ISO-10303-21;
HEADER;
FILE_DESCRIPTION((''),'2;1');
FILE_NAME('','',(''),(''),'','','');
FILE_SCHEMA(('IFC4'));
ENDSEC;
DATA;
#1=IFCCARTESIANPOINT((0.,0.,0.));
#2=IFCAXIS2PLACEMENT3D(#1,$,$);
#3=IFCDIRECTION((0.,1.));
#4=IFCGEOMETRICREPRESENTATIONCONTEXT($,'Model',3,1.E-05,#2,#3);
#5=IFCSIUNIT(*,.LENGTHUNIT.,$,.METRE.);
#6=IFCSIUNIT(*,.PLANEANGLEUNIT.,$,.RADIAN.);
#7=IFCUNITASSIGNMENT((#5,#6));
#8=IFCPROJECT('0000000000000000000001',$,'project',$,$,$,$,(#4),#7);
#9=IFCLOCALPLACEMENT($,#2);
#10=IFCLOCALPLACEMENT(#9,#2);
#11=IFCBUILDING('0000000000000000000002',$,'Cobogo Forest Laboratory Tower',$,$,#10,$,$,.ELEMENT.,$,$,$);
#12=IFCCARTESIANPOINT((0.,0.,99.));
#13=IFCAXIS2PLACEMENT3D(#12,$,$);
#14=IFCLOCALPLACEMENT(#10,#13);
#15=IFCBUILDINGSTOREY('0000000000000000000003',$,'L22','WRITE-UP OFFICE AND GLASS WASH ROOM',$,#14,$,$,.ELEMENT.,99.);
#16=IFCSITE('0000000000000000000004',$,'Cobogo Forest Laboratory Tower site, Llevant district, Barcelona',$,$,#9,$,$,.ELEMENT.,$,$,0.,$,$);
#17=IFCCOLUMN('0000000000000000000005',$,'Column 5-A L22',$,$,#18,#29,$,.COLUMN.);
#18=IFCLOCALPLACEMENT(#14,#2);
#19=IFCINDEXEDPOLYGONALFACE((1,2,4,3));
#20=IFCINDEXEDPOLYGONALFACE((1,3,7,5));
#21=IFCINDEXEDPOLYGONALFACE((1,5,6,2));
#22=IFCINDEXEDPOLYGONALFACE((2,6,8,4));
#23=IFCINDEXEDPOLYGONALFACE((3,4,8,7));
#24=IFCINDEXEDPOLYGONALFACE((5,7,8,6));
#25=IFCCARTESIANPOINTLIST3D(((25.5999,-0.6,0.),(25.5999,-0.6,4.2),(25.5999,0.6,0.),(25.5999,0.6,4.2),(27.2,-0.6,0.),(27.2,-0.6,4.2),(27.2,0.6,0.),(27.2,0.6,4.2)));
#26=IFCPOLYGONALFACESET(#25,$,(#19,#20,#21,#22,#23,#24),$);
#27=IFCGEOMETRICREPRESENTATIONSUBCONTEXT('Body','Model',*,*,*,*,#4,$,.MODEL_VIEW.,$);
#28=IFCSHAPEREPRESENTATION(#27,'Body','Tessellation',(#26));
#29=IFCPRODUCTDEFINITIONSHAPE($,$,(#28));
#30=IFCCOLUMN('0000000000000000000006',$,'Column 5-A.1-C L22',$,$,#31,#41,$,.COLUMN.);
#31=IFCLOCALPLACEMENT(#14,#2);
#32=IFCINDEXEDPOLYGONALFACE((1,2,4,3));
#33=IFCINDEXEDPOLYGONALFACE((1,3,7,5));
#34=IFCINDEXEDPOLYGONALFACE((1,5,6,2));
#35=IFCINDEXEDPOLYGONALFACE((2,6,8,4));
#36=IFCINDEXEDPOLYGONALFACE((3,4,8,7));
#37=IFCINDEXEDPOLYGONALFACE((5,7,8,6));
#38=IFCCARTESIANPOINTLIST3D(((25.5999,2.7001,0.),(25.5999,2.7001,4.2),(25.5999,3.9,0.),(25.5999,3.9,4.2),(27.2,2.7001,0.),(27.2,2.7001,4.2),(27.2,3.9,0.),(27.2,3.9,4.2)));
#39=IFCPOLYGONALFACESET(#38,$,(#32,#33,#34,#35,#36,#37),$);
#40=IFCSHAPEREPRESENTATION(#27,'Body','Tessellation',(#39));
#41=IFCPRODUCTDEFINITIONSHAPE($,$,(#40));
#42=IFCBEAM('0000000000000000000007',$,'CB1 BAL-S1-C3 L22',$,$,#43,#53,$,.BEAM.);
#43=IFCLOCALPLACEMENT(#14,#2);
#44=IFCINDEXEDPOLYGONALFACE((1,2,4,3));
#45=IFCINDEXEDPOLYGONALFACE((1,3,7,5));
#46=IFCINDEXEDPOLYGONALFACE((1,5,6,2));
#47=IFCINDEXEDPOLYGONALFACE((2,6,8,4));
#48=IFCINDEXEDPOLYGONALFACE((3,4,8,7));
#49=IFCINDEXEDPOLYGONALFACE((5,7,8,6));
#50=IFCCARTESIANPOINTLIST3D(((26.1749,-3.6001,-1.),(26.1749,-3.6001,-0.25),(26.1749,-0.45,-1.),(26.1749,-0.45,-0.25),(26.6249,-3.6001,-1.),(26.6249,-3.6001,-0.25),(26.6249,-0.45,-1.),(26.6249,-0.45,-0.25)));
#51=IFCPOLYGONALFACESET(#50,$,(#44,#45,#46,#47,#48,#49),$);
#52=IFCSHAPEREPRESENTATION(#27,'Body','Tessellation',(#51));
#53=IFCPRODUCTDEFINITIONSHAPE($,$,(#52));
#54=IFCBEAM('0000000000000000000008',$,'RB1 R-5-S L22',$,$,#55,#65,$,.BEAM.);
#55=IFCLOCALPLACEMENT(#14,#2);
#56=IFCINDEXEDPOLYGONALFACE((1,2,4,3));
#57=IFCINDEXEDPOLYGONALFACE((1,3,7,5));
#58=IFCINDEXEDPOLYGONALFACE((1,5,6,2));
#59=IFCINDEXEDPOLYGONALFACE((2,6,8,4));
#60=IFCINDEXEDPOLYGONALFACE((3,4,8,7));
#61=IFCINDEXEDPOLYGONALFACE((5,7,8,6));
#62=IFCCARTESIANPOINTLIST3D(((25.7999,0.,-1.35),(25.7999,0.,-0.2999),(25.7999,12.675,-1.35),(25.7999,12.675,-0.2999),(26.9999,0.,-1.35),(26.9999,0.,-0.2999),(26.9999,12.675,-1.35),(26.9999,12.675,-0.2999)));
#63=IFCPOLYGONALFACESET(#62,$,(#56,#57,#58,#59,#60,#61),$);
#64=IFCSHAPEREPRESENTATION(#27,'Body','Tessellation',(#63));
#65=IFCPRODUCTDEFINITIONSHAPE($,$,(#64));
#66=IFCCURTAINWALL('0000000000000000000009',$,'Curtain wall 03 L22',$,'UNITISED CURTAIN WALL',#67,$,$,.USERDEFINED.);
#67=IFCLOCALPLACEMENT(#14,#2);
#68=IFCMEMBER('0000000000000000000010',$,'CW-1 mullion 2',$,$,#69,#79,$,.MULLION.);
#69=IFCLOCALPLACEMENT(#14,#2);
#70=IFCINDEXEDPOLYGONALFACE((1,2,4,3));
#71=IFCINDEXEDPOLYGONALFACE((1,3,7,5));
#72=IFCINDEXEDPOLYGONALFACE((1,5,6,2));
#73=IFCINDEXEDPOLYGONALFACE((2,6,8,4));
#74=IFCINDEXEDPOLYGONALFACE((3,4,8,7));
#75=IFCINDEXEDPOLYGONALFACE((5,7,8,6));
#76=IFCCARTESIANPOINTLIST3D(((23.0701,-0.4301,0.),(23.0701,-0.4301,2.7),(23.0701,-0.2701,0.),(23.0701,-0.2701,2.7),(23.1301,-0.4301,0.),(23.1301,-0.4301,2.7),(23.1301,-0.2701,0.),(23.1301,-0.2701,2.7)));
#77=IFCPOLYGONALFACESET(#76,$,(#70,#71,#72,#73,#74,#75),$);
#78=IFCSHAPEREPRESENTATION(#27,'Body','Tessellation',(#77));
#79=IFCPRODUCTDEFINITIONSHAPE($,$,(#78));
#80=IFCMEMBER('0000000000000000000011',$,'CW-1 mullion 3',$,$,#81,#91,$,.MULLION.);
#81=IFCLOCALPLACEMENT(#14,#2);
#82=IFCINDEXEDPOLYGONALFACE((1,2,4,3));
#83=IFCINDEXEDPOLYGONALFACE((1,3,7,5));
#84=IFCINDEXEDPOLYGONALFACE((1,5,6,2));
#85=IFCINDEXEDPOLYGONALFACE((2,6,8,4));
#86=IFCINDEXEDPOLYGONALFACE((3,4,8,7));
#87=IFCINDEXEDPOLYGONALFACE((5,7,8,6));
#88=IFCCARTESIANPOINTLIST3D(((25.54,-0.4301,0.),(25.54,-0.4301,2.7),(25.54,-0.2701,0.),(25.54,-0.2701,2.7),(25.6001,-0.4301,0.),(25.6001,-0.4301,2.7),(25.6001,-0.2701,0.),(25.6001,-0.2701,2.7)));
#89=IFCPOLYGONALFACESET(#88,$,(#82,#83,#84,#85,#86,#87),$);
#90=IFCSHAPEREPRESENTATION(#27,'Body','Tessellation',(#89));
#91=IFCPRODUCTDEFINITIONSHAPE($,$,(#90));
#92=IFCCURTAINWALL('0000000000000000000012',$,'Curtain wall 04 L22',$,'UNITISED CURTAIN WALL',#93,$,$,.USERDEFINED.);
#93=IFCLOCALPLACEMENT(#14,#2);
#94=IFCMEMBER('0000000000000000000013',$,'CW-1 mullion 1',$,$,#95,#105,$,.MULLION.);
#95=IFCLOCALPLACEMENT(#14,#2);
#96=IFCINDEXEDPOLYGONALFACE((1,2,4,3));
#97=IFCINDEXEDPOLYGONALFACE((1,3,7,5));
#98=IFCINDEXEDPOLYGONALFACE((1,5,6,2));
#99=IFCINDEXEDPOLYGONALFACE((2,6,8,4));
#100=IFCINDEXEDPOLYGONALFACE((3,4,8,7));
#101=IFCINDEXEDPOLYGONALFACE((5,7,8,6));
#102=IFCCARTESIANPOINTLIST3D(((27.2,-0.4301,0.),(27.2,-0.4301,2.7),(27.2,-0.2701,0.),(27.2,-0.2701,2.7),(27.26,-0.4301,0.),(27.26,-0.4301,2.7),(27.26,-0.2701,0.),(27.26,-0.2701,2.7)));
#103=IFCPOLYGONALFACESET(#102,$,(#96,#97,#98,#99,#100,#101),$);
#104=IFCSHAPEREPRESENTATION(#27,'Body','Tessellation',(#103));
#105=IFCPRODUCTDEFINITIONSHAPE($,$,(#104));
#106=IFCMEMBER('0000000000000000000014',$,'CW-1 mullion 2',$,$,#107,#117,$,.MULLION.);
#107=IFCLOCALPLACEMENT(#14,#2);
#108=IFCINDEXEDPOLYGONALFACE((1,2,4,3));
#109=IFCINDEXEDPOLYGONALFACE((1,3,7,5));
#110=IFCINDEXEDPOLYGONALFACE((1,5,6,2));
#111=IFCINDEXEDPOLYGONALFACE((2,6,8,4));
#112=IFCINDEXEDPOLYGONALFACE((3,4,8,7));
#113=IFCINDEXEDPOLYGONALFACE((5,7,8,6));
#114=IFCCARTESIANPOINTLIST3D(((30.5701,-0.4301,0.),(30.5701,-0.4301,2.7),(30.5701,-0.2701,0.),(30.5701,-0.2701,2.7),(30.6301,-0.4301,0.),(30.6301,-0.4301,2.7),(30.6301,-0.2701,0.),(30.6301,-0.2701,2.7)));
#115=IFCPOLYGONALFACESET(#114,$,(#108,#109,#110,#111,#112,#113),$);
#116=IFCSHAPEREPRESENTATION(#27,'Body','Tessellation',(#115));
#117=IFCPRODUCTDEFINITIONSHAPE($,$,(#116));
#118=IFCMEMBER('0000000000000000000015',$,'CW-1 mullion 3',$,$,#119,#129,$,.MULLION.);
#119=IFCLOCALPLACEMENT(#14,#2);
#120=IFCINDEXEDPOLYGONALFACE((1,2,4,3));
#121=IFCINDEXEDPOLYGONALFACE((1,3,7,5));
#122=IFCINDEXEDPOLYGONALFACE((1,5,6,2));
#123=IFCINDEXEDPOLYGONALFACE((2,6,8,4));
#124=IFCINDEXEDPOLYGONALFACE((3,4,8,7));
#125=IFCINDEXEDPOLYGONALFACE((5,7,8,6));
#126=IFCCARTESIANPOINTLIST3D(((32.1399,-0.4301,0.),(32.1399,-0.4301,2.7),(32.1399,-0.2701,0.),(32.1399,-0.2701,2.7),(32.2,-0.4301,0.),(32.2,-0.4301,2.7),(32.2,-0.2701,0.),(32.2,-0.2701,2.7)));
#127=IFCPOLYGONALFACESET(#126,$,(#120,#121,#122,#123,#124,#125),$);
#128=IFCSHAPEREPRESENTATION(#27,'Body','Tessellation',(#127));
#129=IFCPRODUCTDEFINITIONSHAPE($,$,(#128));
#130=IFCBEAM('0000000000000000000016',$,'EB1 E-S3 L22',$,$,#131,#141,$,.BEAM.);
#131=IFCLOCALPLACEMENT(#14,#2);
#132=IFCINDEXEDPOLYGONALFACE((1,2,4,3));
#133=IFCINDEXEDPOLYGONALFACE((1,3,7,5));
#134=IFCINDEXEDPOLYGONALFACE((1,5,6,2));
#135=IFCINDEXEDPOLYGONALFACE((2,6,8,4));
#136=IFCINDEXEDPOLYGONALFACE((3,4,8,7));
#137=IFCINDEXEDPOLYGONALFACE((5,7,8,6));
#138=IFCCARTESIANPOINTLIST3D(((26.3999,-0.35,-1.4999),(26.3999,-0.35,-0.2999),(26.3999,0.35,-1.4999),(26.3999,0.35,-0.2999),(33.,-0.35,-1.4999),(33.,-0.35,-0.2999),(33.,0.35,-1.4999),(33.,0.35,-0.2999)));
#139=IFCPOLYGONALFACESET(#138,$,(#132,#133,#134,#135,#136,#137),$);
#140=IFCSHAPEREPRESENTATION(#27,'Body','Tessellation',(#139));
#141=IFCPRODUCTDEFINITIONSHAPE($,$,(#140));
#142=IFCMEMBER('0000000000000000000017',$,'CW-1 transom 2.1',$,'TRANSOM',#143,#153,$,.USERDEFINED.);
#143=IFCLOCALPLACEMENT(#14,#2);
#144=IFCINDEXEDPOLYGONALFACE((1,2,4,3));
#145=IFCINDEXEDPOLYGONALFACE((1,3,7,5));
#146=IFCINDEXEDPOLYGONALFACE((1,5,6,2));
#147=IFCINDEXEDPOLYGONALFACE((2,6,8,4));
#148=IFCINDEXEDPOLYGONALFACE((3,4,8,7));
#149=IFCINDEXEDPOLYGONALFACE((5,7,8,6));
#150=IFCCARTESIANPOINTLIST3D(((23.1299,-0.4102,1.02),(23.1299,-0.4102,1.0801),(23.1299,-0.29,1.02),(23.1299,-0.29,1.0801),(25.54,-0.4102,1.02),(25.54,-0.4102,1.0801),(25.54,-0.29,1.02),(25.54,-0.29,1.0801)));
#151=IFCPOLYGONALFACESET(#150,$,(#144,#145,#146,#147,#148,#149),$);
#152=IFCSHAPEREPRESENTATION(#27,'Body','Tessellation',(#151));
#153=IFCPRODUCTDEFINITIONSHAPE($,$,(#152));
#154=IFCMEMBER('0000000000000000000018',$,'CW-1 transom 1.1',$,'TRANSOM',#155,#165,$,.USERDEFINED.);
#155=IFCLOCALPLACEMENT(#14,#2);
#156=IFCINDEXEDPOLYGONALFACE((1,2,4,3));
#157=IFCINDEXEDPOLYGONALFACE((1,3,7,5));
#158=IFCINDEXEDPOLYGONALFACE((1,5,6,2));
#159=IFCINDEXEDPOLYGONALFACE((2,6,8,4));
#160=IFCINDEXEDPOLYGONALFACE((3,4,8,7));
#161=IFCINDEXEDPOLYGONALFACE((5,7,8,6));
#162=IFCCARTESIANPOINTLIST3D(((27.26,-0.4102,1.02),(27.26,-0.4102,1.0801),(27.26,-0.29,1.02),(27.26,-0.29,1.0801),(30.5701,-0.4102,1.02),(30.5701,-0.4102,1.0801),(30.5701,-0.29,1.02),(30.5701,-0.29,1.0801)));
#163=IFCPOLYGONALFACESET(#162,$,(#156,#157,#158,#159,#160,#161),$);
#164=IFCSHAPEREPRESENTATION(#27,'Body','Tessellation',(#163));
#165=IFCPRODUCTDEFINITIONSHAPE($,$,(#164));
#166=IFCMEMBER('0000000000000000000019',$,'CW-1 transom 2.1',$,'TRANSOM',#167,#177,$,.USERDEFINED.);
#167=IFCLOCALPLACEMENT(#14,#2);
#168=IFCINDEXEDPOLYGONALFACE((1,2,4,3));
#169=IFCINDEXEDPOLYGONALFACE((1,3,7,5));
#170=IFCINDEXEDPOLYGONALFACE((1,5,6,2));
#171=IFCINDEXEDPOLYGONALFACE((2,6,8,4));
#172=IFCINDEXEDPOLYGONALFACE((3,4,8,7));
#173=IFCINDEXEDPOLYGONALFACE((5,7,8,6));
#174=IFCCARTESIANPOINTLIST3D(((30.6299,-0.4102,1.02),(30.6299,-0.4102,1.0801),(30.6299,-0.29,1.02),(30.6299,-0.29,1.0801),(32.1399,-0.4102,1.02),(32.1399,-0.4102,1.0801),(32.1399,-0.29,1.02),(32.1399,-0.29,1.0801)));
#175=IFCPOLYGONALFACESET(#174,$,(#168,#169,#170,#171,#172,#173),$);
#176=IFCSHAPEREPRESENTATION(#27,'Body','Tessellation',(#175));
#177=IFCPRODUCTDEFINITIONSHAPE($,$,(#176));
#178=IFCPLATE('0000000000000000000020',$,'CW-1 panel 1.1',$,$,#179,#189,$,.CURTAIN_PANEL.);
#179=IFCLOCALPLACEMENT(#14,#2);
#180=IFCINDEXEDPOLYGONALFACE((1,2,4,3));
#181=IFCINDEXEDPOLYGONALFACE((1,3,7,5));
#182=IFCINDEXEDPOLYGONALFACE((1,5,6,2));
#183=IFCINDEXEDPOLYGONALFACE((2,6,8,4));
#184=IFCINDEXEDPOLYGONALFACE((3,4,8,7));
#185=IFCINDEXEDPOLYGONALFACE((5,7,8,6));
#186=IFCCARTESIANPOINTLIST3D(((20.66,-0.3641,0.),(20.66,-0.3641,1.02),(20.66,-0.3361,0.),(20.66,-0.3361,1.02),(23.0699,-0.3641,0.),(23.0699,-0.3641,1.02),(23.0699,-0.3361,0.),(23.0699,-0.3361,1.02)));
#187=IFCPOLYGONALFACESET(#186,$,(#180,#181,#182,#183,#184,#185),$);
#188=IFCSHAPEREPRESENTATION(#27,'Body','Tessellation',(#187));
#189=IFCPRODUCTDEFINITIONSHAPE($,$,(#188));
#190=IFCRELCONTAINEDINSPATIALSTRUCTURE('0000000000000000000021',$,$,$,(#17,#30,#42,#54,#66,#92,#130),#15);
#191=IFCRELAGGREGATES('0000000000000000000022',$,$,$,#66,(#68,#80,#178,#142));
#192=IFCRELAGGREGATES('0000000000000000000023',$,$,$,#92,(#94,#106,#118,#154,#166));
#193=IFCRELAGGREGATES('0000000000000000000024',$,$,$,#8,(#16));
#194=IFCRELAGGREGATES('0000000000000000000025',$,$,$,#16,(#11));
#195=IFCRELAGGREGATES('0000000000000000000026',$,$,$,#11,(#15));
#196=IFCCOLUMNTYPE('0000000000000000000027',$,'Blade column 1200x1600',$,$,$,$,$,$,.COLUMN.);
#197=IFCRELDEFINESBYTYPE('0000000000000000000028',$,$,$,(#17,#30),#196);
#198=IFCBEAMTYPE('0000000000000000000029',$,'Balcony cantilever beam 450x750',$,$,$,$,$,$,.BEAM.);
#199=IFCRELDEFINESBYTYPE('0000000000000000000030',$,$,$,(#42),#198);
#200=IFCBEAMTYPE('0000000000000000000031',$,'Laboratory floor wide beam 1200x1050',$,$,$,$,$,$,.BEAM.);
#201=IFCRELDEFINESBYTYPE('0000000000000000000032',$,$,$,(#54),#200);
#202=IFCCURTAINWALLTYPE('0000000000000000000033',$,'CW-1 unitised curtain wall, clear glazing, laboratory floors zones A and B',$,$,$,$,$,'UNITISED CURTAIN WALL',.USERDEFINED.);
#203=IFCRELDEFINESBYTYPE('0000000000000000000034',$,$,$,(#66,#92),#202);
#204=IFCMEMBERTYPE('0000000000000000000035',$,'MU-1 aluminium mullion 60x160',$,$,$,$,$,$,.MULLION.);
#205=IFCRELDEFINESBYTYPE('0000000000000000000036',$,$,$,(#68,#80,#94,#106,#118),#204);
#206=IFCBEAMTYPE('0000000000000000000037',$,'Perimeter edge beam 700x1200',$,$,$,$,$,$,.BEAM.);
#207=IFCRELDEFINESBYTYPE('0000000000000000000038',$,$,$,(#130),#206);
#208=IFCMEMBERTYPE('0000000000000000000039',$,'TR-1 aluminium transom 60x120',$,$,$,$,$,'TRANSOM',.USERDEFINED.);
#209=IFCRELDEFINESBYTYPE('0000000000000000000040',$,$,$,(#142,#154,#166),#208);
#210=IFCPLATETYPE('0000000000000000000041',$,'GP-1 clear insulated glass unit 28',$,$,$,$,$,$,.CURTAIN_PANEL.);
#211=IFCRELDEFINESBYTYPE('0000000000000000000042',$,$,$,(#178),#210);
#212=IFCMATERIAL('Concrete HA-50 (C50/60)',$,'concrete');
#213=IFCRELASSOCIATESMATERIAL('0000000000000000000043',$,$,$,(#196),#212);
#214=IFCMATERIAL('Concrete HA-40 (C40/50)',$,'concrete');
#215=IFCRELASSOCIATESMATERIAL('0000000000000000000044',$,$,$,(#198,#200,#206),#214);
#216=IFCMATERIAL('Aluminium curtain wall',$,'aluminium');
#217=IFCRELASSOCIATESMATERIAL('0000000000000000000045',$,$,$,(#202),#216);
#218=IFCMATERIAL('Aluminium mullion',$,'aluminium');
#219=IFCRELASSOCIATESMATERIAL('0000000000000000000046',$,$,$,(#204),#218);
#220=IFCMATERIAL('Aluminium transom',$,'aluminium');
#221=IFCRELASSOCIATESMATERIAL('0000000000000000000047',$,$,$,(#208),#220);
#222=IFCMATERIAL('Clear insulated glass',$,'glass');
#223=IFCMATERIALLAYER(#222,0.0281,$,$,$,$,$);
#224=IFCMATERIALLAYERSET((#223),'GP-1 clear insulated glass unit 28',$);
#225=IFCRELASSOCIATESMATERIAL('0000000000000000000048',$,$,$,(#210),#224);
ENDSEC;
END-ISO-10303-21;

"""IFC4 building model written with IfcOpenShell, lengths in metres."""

from ifc_helpers import new_model, si_unit, direction, frame, origin, origin_2d, place, context, subcontext, project, spatial, rectangle, extrude, material, layer, layer_set, material_profile, profile_set, type_object, element, aggregate, save


model = new_model("IFC4")

# Units and contexts
model_context = context("Model", 3, precision=1e-05, world=origin(), true_north=direction((0.0, 1.0)))
body_context = subcontext(model_context, "Body", "Model", "MODEL_VIEW")
ifc_project = project(units=[si_unit("LENGTHUNIT", "METRE"), si_unit("PLANEANGLEUNIT", "RADIAN")], contexts=[model_context])

# Site, building, storey
site_placement = place(None, origin())
site = spatial("IfcSite", under=ifc_project, at=site_placement, Name="Cobogo Forest Laboratory Tower site, Llevant district, Barcelona", CompositionType="ELEMENT", RefElevation=0.0)
building_placement = place(site_placement, origin())
building = spatial("IfcBuilding", under=site, at=building_placement, Name="Cobogo Forest Laboratory Tower", CompositionType="ELEMENT")
storey_placement = place(building_placement, frame((0.0, 0.0, 99.0)))
storey = spatial("IfcBuildingStorey", under=building, at=storey_placement, Name="L22", Description="WRITE-UP OFFICE AND GLASS WASH ROOM", CompositionType="ELEMENT", Elevation=99.0)

# Columns
ifc_material_1 = material(Name="Concrete HA-50 (C50/60)", Category="concrete")
ifc_material_profile_1 = material_profile(ifc_material_1, rectangle(XDim=1.6001, YDim=1.2, at=origin_2d()), Name="RC 1200x1600")
ifc_profile_set_1 = profile_set([ifc_material_profile_1], Name="Concrete HA-50 (C50/60)")
column_type = type_object("IfcColumnType", Name="Blade column 1200x1600", PredefinedType="COLUMN", material=ifc_profile_set_1)
for number, where, z_axis, x_axis, name in (
    (1, (26.3999, 0.0, 0.0), (0.0, 0.0, 1.0), (1.0, 0.0, 0.0), "Column 5-A L22"),
    (2, (26.3999, 3.3, 0.0), (0.0, 0.0, 1.0), (1.0, 0.0, 0.0), "Column 5-A.1-C L22"),
):
    element("IfcColumn", number, at=place(storey_placement, frame(where, z_axis=z_axis, x_axis=x_axis)), inside=storey, type_object=column_type, Name=name, PredefinedType="COLUMN", context=body_context, shape_type="SweptSolid", body=[
        extrude(rectangle(XDim=1.6001, YDim=1.2, at=origin_2d()), origin(), (0.0, 0.0, 1.0), 4.2),
    ])

# Beams
ifc_material_2 = material(Name="Concrete HA-40 (C40/50)", Category="concrete")
ifc_material_profile_2 = material_profile(ifc_material_2, rectangle(XDim=0.45, YDim=0.75, at=origin_2d()), Name="RC 450x750")
ifc_profile_set_2 = profile_set([ifc_material_profile_2], Name="Concrete HA-40 (C40/50)")
beam_type_1 = type_object("IfcBeamType", Name="Balcony cantilever beam 450x750", PredefinedType="BEAM", material=ifc_profile_set_2)
beam_1_placement = place(storey_placement, frame((26.3999, -0.45, -0.625), z_axis=(0.0, -1.0, 0.0), x_axis=(1.0, 0.0, 0.0)))
element("IfcBeam", 3, at=beam_1_placement, inside=storey, type_object=beam_type_1, Name="CB1 BAL-S1-C3 L22", PredefinedType="BEAM", context=body_context, shape_type="SweptSolid", body=[
    extrude(rectangle(XDim=0.45, YDim=0.75, at=origin_2d()), origin(), (0.0, 0.0, 1.0), 3.1501),
])
ifc_material_profile_3 = material_profile(ifc_material_2, rectangle(XDim=1.2, YDim=1.05, at=origin_2d()), Name="RC 1200x1050")
ifc_profile_set_3 = profile_set([ifc_material_profile_3], Name="Concrete HA-40 (C40/50)")
beam_type_2 = type_object("IfcBeamType", Name="Laboratory floor wide beam 1200x1050", PredefinedType="BEAM", material=ifc_profile_set_3)
beam_2_placement = place(storey_placement, frame((26.3999, 12.675, -0.825), z_axis=(0.0, -1.0, 0.0), x_axis=(1.0, 0.0, 0.0)))
element("IfcBeam", 4, at=beam_2_placement, inside=storey, type_object=beam_type_2, Name="RB1 R-5-S L22", PredefinedType="BEAM", context=body_context, shape_type="SweptSolid", body=[
    extrude(rectangle(XDim=1.2, YDim=1.05, at=origin_2d()), origin(), (0.0, 0.0, 1.0), 12.675),
])

# Curtain walls, members
ifc_material_3 = material(Name="Aluminium curtain wall", Category="aluminium")
curtain_wall_type = type_object("IfcCurtainWallType", Name="CW-1 unitised curtain wall, clear glazing, laboratory floors zones A and B", ElementType="UNITISED CURTAIN WALL", PredefinedType="USERDEFINED", material=ifc_material_3)
curtain_wall_1_placement = place(storey_placement, origin())
curtain_wall_1 = element("IfcCurtainWall", 5, at=curtain_wall_1_placement, inside=storey, type_object=curtain_wall_type, Name="Curtain wall 03 L22", ObjectType="UNITISED CURTAIN WALL", PredefinedType="USERDEFINED")
ifc_material_4 = material(Name="Aluminium mullion", Category="aluminium")
ifc_material_profile_4 = material_profile(ifc_material_4, rectangle(XDim=0.0601, YDim=0.1599, at=origin_2d()), Name="AL 60x160")
ifc_profile_set_4 = profile_set([ifc_material_profile_4], Name="Aluminium mullion")
member_type_1 = type_object("IfcMemberType", Name="MU-1 aluminium mullion 60x160", PredefinedType="MULLION", material=ifc_profile_set_4)
member_1_placement = place(storey_placement, frame((23.1001, -0.3501, 0.0), z_axis=(0.0, 0.0, 1.0), x_axis=(1.0, 0.0, 0.0)))
member_1 = element("IfcMember", 6, at=member_1_placement, type_object=member_type_1, Name="CW-1 mullion 2", PredefinedType="MULLION", context=body_context, shape_type="SweptSolid", body=[
    extrude(rectangle(XDim=0.0601, YDim=0.1599, at=origin_2d()), origin(), (0.0, 0.0, 1.0), 2.7),
])
member_2_placement = place(storey_placement, frame((25.5701, -0.3501, 0.0), z_axis=(0.0, 0.0, 1.0), x_axis=(1.0, 0.0, 0.0)))
member_2 = element("IfcMember", 7, at=member_2_placement, type_object=member_type_1, Name="CW-1 mullion 3", PredefinedType="MULLION", context=body_context, shape_type="SweptSolid", body=[
    extrude(rectangle(XDim=0.0601, YDim=0.1599, at=origin_2d()), origin(), (0.0, 0.0, 1.0), 2.7),
])
curtain_wall_2_placement = place(storey_placement, origin())
curtain_wall_2 = element("IfcCurtainWall", 8, at=curtain_wall_2_placement, inside=storey, type_object=curtain_wall_type, Name="Curtain wall 04 L22", ObjectType="UNITISED CURTAIN WALL", PredefinedType="USERDEFINED")
member_3_placement = place(storey_placement, frame((27.23, -0.3501, 0.0), z_axis=(0.0, 0.0, 1.0), x_axis=(1.0, 0.0, 0.0)))
member_3 = element("IfcMember", 9, at=member_3_placement, type_object=member_type_1, Name="CW-1 mullion 1", PredefinedType="MULLION", context=body_context, shape_type="SweptSolid", body=[
    extrude(rectangle(XDim=0.0601, YDim=0.1599, at=origin_2d()), origin(), (0.0, 0.0, 1.0), 2.7),
])
member_4_placement = place(storey_placement, frame((30.6001, -0.3501, 0.0), z_axis=(0.0, 0.0, 1.0), x_axis=(1.0, 0.0, 0.0)))
member_4 = element("IfcMember", 10, at=member_4_placement, type_object=member_type_1, Name="CW-1 mullion 2", PredefinedType="MULLION", context=body_context, shape_type="SweptSolid", body=[
    extrude(rectangle(XDim=0.0601, YDim=0.1599, at=origin_2d()), origin(), (0.0, 0.0, 1.0), 2.7),
])
member_5_placement = place(storey_placement, frame((32.1699, -0.3501, 0.0), z_axis=(0.0, 0.0, 1.0), x_axis=(1.0, 0.0, 0.0)))
member_5 = element("IfcMember", 11, at=member_5_placement, type_object=member_type_1, Name="CW-1 mullion 3", PredefinedType="MULLION", context=body_context, shape_type="SweptSolid", body=[
    extrude(rectangle(XDim=0.0601, YDim=0.1599, at=origin_2d()), origin(), (0.0, 0.0, 1.0), 2.7),
])

# Beam
ifc_material_profile_5 = material_profile(ifc_material_2, rectangle(XDim=0.7, YDim=1.2, at=origin_2d()), Name="RC 700x1200")
ifc_profile_set_5 = profile_set([ifc_material_profile_5], Name="Concrete HA-40 (C40/50)")
beam_type_3 = type_object("IfcBeamType", Name="Perimeter edge beam 700x1200", PredefinedType="BEAM", material=ifc_profile_set_5)
beam_3_placement = place(storey_placement, frame((26.3999, 0.0, -0.8999), z_axis=(1.0, 0.0, 0.0), x_axis=(0.0, 1.0, 0.0)))
element("IfcBeam", 12, at=beam_3_placement, inside=storey, type_object=beam_type_3, Name="EB1 E-S3 L22", PredefinedType="BEAM", context=body_context, shape_type="SweptSolid", body=[
    extrude(rectangle(XDim=0.7, YDim=1.2, at=origin_2d()), origin(), (0.0, 0.0, 1.0), 6.6001),
])

# Members
ifc_material_5 = material(Name="Aluminium transom", Category="aluminium")
ifc_material_profile_6 = material_profile(ifc_material_5, rectangle(XDim=0.1201, YDim=0.0601, at=origin_2d()), Name="AL 60x120")
ifc_profile_set_6 = profile_set([ifc_material_profile_6], Name="Aluminium transom")
member_type_2 = type_object("IfcMemberType", Name="TR-1 aluminium transom 60x120", ElementType="TRANSOM", PredefinedType="USERDEFINED", material=ifc_profile_set_6)
member_6_placement = place(storey_placement, frame((23.1299, -0.3501, 1.05), z_axis=(1.0, 0.0, 0.0), x_axis=(0.0, 1.0, 0.0)))
member_6 = element("IfcMember", 13, at=member_6_placement, type_object=member_type_2, Name="CW-1 transom 2.1", ObjectType="TRANSOM", PredefinedType="USERDEFINED", context=body_context, shape_type="SweptSolid", body=[
    extrude(rectangle(XDim=0.1201, YDim=0.0601, at=origin_2d()), origin(), (0.0, 0.0, 1.0), 2.4102),
])
member_7_placement = place(storey_placement, frame((27.26, -0.3501, 1.05), z_axis=(1.0, 0.0, 0.0), x_axis=(0.0, 1.0, 0.0)))
member_7 = element("IfcMember", 14, at=member_7_placement, type_object=member_type_2, Name="CW-1 transom 1.1", ObjectType="TRANSOM", PredefinedType="USERDEFINED", context=body_context, shape_type="SweptSolid", body=[
    extrude(rectangle(XDim=0.1201, YDim=0.0601, at=origin_2d()), origin(), (0.0, 0.0, 1.0), 3.3101),
])
member_8_placement = place(storey_placement, frame((30.6299, -0.3501, 1.05), z_axis=(1.0, 0.0, 0.0), x_axis=(0.0, 1.0, 0.0)))
member_8 = element("IfcMember", 15, at=member_8_placement, type_object=member_type_2, Name="CW-1 transom 2.1", ObjectType="TRANSOM", PredefinedType="USERDEFINED", context=body_context, shape_type="SweptSolid", body=[
    extrude(rectangle(XDim=0.1201, YDim=0.0601, at=origin_2d()), origin(), (0.0, 0.0, 1.0), 1.51),
])

# Plate
ifc_material_6 = material(Name="Clear insulated glass", Category="glass")
ifc_layer_1 = layer(ifc_material_6, 0.0281)
ifc_layer_set_1 = layer_set([ifc_layer_1], Name="GP-1 clear insulated glass unit 28")
plate_type_1 = type_object("IfcPlateType", Name="GP-1 clear insulated glass unit 28", PredefinedType="CURTAIN_PANEL", material=ifc_layer_set_1)
plate_1_placement = place(storey_placement, frame((21.865, -0.3501, 0.0), z_axis=(0.0, 0.0, 1.0), x_axis=(1.0, 0.0, 0.0)))
plate_1 = element("IfcPlate", 16, at=plate_1_placement, type_object=plate_type_1, Name="CW-1 panel 1.1", PredefinedType="CURTAIN_PANEL", context=body_context, shape_type="SweptSolid", body=[
    extrude(rectangle(XDim=2.4099, YDim=0.0281, at=origin_2d()), origin(), (0.0, 0.0, 1.0), 1.02),
])
aggregate(curtain_wall_1, [member_1, member_2, plate_1, member_6])
aggregate(curtain_wall_2, [member_3, member_4, member_5, member_7, member_8])

save(model, "model.ifc")
